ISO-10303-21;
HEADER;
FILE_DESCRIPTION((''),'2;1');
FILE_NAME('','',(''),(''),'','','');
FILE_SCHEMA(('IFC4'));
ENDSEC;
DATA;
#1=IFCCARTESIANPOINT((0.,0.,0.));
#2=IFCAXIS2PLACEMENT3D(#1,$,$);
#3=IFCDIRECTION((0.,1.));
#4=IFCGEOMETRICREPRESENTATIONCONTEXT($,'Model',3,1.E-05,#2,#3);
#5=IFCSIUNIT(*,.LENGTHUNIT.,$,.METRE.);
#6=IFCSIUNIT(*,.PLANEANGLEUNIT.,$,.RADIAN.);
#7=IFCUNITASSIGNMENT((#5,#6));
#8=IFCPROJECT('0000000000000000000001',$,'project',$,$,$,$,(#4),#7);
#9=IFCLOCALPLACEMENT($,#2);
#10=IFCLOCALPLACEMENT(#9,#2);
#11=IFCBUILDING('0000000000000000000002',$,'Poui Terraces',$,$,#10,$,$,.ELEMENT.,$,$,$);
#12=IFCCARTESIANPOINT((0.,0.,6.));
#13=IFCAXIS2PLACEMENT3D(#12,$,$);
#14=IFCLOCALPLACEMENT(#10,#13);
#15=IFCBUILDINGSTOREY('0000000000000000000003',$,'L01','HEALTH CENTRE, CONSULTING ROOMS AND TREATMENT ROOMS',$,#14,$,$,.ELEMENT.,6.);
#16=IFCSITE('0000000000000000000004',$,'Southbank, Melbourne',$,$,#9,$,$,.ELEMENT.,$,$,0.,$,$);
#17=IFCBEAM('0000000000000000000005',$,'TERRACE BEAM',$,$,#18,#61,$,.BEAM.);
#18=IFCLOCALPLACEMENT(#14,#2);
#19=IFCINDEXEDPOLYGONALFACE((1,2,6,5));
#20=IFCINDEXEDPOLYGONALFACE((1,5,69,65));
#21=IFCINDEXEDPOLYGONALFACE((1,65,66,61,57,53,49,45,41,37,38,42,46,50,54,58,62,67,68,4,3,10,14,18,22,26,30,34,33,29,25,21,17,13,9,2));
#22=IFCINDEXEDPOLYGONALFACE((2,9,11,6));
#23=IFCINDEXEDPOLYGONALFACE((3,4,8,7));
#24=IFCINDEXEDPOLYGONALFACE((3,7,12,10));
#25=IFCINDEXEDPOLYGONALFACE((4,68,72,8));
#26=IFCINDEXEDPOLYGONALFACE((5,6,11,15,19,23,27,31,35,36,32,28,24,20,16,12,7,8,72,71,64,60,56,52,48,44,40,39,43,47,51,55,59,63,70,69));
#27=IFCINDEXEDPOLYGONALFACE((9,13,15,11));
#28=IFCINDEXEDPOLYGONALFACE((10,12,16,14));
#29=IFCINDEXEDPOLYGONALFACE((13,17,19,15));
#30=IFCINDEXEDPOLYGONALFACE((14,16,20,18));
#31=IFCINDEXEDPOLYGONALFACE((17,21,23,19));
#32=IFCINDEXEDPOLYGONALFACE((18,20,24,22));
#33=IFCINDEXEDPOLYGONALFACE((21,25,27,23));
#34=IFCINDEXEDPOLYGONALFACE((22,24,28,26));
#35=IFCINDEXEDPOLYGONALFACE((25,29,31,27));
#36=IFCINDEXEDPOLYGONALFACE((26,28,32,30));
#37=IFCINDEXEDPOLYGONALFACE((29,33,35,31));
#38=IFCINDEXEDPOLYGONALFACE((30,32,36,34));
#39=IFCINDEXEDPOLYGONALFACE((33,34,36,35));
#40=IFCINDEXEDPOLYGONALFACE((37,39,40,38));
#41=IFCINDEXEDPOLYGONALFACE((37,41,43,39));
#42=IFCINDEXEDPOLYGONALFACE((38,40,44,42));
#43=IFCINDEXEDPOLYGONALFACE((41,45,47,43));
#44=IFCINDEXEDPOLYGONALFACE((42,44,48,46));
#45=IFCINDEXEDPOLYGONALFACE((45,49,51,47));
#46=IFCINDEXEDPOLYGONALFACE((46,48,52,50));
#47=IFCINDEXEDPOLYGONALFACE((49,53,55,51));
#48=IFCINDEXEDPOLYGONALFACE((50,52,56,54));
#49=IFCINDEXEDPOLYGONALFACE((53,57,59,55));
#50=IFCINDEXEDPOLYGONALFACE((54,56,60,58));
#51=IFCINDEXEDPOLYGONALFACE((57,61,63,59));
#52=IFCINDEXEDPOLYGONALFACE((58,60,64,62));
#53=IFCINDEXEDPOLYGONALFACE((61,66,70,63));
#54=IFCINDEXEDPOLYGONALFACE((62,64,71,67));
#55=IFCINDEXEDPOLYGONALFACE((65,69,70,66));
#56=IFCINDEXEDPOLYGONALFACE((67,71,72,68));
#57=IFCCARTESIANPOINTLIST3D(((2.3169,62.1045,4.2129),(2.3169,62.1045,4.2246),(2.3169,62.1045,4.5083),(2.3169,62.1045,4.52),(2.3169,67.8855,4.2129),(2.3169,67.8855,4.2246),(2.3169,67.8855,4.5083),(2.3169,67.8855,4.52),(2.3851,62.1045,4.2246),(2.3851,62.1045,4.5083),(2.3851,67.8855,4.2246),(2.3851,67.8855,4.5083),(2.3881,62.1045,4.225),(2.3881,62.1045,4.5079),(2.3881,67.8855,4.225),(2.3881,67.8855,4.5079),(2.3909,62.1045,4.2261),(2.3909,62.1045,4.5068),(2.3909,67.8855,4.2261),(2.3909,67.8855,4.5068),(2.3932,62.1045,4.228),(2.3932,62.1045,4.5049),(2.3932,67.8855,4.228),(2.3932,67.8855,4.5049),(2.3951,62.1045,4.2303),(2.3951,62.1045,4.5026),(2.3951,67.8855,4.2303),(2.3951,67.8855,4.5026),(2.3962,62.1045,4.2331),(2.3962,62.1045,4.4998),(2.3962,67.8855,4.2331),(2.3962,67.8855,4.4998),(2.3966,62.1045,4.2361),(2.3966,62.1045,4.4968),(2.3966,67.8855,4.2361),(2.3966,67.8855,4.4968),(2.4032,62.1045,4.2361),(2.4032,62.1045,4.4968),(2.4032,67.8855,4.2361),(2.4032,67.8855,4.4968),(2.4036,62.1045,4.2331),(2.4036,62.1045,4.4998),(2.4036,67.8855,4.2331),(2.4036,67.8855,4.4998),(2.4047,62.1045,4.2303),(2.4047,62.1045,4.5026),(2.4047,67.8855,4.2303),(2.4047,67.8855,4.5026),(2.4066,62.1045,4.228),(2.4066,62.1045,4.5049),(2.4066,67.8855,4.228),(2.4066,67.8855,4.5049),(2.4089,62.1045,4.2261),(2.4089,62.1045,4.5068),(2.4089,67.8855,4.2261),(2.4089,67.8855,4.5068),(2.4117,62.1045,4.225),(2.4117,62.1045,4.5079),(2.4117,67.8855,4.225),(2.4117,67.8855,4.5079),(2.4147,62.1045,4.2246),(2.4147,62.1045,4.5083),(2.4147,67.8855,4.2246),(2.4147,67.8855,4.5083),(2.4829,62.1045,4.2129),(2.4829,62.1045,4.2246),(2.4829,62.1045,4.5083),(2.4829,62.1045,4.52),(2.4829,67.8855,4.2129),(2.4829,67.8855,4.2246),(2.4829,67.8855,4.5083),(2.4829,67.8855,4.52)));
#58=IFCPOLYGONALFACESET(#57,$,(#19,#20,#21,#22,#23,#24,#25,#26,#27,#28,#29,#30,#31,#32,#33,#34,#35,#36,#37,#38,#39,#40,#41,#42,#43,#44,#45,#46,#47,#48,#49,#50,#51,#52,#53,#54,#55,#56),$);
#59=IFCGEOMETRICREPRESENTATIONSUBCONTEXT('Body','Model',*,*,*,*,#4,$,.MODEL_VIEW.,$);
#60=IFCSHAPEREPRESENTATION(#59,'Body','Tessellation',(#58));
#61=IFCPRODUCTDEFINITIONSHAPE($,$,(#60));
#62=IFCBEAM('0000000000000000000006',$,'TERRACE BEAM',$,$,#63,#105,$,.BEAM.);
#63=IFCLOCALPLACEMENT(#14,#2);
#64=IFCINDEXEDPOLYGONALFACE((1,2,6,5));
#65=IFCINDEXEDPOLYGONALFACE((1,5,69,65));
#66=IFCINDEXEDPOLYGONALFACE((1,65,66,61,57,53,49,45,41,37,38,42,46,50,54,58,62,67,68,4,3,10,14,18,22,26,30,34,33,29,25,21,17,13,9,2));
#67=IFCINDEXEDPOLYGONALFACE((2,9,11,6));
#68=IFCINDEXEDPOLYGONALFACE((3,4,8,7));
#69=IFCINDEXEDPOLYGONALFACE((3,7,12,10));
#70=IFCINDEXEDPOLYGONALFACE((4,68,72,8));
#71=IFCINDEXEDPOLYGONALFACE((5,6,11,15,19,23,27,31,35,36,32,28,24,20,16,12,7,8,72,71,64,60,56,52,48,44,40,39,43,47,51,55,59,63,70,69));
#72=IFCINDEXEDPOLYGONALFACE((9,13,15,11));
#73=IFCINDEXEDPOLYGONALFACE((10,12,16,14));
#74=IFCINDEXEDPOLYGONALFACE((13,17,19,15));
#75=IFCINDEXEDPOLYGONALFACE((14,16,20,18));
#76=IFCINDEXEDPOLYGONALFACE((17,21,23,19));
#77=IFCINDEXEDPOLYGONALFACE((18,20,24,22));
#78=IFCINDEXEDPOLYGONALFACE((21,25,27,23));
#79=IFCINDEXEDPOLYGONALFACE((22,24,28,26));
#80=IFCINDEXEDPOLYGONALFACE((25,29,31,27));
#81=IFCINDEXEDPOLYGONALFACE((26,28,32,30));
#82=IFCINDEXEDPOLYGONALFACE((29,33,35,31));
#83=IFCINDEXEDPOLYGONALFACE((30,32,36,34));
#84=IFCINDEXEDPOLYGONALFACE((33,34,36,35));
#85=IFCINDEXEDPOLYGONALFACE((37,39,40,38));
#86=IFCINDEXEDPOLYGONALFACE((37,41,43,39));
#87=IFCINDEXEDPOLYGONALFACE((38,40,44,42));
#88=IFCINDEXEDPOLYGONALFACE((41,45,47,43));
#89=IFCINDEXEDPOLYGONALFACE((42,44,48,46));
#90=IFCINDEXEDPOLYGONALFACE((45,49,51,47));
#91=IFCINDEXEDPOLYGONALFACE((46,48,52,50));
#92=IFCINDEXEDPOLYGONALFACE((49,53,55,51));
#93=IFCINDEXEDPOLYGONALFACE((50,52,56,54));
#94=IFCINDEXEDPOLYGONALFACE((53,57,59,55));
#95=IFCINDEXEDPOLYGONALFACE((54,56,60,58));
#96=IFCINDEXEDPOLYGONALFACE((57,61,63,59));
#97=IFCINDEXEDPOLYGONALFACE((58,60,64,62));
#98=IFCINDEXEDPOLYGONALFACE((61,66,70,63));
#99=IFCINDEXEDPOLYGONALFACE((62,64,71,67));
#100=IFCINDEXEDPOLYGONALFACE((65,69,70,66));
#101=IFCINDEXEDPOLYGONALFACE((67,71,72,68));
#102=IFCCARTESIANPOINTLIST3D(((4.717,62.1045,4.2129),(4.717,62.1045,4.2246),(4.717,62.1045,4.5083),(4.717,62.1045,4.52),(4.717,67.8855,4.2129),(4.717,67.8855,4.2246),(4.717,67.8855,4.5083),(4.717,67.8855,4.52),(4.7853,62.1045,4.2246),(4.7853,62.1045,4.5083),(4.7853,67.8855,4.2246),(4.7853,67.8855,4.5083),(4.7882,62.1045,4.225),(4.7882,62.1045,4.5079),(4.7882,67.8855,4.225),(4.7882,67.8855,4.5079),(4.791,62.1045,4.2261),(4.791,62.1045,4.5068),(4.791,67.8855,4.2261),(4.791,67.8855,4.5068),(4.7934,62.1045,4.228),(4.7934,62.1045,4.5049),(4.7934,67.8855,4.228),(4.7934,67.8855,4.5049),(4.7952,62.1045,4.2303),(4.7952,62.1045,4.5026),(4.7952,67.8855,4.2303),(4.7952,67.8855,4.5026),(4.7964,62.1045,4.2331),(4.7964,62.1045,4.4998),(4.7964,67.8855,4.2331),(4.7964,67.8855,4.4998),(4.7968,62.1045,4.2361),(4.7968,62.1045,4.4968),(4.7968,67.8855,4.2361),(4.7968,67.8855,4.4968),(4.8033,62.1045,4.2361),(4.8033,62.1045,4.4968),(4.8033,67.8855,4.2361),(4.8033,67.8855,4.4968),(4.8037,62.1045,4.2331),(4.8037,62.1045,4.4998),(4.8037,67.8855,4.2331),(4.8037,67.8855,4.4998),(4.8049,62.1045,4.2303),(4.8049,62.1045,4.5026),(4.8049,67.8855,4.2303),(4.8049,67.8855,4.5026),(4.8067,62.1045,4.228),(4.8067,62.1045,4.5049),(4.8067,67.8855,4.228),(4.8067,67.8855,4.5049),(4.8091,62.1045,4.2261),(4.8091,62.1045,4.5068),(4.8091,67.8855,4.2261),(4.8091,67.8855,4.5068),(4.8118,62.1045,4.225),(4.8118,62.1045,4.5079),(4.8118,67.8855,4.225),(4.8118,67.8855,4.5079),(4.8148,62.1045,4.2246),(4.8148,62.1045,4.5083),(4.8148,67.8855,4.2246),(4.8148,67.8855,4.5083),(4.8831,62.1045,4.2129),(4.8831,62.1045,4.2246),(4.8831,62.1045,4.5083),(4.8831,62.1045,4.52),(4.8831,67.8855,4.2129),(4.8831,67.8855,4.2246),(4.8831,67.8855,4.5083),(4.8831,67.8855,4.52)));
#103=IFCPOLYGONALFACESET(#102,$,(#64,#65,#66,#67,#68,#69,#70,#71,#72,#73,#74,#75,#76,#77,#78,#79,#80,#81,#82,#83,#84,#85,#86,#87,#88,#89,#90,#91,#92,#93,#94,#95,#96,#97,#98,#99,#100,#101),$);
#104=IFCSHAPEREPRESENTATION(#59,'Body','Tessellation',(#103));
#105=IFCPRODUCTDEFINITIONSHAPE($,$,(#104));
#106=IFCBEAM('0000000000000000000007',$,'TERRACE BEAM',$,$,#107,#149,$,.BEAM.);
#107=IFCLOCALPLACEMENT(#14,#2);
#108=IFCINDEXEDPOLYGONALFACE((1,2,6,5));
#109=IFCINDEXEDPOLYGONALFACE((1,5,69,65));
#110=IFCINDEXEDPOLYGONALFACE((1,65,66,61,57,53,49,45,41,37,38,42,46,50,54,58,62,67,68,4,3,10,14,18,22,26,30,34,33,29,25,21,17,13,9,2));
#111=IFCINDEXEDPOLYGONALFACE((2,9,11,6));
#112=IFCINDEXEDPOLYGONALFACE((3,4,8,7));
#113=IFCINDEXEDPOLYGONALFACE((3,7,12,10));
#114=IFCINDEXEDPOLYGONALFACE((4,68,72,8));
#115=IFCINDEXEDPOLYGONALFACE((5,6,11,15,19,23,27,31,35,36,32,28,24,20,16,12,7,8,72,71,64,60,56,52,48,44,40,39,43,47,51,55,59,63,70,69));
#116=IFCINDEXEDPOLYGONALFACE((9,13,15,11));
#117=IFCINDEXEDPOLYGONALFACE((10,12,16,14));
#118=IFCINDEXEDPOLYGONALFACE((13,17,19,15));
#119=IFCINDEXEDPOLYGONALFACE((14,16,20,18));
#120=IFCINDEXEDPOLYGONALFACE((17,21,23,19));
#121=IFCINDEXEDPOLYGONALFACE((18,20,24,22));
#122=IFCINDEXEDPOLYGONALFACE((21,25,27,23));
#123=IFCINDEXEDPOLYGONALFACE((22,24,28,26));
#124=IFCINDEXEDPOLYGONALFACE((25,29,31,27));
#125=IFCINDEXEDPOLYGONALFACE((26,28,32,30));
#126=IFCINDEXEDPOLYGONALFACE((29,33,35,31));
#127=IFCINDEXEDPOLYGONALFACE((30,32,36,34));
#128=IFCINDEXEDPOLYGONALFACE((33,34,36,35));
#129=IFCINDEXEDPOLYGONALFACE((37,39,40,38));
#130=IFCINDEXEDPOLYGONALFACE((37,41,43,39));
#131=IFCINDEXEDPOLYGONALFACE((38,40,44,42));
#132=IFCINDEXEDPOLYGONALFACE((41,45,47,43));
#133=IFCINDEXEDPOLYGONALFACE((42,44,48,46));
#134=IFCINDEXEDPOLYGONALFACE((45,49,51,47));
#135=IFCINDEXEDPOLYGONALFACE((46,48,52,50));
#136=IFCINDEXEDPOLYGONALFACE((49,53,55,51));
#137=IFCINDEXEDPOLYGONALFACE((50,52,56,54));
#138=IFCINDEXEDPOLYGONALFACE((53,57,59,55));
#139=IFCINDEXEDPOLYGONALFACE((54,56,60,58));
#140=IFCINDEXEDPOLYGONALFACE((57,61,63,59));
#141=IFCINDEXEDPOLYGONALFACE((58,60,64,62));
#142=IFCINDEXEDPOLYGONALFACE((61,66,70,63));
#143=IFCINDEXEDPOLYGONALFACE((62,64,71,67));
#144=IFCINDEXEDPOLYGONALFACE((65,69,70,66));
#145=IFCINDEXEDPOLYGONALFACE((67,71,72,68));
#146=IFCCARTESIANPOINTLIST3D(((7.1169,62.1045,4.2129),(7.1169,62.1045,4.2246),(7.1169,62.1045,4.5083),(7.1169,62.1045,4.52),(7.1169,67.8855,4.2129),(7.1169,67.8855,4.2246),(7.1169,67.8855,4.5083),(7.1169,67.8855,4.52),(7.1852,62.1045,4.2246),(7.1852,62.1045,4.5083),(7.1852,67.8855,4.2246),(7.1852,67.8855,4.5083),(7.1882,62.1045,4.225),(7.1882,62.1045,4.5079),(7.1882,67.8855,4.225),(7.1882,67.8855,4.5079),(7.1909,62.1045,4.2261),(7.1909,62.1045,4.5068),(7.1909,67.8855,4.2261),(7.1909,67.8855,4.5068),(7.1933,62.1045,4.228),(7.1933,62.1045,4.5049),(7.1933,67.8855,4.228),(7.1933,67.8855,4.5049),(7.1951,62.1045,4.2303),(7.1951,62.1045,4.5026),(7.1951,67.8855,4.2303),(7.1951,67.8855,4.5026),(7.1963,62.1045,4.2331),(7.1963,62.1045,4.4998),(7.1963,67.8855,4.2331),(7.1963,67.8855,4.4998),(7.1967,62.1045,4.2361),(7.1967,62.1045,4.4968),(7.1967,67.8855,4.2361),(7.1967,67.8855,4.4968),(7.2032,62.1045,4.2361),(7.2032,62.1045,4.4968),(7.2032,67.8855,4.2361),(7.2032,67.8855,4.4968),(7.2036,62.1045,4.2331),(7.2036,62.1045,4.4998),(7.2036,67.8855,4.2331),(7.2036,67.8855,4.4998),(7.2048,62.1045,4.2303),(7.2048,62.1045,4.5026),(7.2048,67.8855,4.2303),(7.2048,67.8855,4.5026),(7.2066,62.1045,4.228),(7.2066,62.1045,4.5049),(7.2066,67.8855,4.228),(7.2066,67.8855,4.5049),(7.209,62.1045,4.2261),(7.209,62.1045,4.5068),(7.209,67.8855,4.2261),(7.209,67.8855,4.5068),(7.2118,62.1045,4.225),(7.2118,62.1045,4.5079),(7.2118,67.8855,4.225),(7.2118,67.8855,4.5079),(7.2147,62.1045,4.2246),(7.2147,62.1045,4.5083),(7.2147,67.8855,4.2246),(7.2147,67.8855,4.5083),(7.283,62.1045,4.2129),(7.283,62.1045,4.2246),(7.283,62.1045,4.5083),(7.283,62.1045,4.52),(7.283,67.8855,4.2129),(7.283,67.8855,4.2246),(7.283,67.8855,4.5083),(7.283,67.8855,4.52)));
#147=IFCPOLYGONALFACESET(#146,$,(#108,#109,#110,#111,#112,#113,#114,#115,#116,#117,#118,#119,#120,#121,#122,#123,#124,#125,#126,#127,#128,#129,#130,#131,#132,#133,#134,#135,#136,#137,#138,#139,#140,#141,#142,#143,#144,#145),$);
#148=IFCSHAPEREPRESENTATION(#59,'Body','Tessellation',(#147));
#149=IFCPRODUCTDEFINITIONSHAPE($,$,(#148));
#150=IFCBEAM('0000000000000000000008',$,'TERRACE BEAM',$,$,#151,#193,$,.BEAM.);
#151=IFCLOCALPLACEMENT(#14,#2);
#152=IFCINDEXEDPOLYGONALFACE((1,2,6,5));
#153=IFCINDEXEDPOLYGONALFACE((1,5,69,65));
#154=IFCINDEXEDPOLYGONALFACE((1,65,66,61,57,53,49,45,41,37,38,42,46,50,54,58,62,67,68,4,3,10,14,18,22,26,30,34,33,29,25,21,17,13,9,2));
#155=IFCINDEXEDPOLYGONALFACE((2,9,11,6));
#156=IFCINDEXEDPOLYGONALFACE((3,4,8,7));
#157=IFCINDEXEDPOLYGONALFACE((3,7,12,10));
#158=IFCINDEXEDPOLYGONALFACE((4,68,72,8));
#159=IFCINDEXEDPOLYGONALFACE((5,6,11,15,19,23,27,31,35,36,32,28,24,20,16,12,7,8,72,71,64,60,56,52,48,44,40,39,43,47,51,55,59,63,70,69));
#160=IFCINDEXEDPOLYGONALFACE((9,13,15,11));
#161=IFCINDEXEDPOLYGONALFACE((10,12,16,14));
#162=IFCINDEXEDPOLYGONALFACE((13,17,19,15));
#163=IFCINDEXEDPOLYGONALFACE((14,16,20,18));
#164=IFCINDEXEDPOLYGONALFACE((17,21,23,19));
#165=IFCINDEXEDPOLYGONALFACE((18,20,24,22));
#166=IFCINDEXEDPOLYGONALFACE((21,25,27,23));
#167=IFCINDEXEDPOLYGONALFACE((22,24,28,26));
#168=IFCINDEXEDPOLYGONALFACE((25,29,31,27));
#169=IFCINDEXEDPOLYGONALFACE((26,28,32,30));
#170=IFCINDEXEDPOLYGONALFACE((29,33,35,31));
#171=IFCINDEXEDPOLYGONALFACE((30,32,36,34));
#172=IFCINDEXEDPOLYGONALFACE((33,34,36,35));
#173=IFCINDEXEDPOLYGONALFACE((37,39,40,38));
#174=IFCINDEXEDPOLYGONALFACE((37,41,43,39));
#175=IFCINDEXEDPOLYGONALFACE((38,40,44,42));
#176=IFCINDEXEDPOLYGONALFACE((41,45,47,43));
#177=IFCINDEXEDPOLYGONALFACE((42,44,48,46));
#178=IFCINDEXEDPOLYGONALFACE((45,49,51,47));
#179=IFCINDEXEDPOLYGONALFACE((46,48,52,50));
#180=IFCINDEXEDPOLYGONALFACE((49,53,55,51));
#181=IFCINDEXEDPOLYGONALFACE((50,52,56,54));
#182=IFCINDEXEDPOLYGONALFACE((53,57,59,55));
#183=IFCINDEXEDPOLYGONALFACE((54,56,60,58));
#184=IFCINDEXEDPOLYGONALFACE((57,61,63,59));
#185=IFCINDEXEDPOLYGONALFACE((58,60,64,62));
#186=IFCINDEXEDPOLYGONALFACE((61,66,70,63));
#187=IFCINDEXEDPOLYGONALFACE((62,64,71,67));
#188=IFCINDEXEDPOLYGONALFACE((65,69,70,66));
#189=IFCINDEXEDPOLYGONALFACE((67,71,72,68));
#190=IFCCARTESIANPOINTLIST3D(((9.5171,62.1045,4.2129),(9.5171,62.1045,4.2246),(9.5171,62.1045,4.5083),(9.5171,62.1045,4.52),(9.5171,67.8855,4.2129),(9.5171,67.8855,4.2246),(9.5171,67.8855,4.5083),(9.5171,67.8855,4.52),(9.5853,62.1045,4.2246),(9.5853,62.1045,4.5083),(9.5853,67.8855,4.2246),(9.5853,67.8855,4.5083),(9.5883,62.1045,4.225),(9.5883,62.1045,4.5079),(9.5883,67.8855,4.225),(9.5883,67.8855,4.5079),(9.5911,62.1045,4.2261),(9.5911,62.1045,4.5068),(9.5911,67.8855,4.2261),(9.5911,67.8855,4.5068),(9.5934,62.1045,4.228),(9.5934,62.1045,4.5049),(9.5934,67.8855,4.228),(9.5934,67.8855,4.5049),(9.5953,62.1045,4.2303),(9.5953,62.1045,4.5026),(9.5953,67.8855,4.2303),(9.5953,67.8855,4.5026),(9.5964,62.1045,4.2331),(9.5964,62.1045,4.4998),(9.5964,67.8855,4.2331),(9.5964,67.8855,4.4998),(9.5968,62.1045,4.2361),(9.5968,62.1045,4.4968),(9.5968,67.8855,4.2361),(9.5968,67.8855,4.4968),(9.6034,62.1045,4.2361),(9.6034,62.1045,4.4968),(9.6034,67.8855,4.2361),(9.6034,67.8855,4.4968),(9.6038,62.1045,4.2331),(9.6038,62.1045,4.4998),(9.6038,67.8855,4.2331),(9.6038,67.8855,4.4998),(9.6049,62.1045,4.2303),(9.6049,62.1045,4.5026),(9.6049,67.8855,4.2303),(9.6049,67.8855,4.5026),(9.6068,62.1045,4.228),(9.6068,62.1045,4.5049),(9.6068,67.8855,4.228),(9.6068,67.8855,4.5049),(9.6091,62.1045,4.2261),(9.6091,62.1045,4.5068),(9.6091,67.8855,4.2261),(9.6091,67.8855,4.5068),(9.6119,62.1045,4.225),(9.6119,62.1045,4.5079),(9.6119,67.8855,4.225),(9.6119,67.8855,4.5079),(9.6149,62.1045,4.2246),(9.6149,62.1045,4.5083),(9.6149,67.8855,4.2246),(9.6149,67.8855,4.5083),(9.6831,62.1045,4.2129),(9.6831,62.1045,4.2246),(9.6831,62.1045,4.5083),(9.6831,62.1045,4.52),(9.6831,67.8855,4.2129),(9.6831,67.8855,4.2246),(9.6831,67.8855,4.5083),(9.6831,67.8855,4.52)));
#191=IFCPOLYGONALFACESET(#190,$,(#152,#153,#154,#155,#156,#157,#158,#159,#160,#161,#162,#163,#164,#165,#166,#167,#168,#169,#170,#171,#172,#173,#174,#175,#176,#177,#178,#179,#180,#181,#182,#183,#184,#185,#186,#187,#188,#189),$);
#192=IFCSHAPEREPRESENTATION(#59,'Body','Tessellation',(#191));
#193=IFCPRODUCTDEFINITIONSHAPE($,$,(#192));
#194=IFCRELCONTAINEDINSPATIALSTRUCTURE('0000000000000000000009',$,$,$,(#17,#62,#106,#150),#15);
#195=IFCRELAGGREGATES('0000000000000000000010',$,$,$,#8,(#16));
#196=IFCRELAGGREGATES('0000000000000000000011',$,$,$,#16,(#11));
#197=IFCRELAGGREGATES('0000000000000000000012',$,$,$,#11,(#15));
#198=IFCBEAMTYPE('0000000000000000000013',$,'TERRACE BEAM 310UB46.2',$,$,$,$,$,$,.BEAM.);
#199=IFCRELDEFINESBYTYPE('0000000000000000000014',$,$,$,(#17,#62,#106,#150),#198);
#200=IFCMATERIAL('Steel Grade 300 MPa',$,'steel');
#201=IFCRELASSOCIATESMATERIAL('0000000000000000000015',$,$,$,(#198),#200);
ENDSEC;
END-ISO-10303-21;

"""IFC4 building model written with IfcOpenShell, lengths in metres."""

from ifc_helpers import new_model, si_unit, direction, frame, origin, origin_2d, place, context, subcontext, project, spatial, i_section, extrude, source, transform, mapped, material, material_profile, profile_set, type_object, element, save


model = new_model("IFC4")

# Units and contexts
model_context = context("Model", 3, precision=1e-05, world=origin(), true_north=direction((0.0, 1.0)))
body_context = subcontext(model_context, "Body", "Model", "MODEL_VIEW")
ifc_project = project(units=[si_unit("LENGTHUNIT", "METRE"), si_unit("PLANEANGLEUNIT", "RADIAN")], contexts=[model_context])

# Site, building, storey
site_placement = place(None, origin())
site = spatial("IfcSite", under=ifc_project, at=site_placement, Name="Southbank, Melbourne", CompositionType="ELEMENT", RefElevation=0.0)
building_placement = place(site_placement, origin())
building = spatial("IfcBuilding", under=site, at=building_placement, Name="Poui Terraces", CompositionType="ELEMENT")
storey_placement = place(building_placement, frame((0.0, 0.0, 6.0)))
storey = spatial("IfcBuildingStorey", under=building, at=storey_placement, Name="L01", Description="HEALTH CENTRE, CONSULTING ROOMS AND TREATMENT ROOMS", CompositionType="ELEMENT", Elevation=6.0)

# Beams
ifc_material_1 = material(Name="Steel Grade 300 MPa", Category="steel")
ifc_material_profile_1 = material_profile(ifc_material_1, i_section(OverallWidth=0.166, OverallDepth=0.3071, WebThickness=0.0066, FlangeThickness=0.0117, FilletRadius=0.0115, at=origin_2d()), Name="310UB46.2")
ifc_profile_set_1 = profile_set([ifc_material_profile_1], Name="Steel Grade 300 MPa")
beam_type_1 = type_object("IfcBeamType", Name="TERRACE BEAM 310UB46.2", PredefinedType="BEAM", material=ifc_profile_set_1)
shared_shape_1 = source(origin(), body_context, "Body", "SweptSolid", [
    extrude(i_section(OverallWidth=0.166, OverallDepth=0.3071, WebThickness=0.0066, FlangeThickness=0.0117, FilletRadius=0.0115, at=origin_2d()), origin(), (0.0, 0.0, 1.0), 5.781),
])
for number, where, z_axis, x_axis, name in (
    (1, (2.3999, 62.1045, 4.3665), (0.0, 1.0, 0.0), (-1.0, 0.0, 0.0), "TERRACE BEAM"),
    (2, (4.8, 62.1045, 4.3665), (0.0, 1.0, 0.0), (-1.0, 0.0, 0.0), "TERRACE BEAM"),
    (3, (7.2, 62.1045, 4.3665), (0.0, 1.0, 0.0), (-1.0, 0.0, 0.0), "TERRACE BEAM"),
    (4, (9.6001, 62.1045, 4.3665), (0.0, 1.0, 0.0), (-1.0, 0.0, 0.0), "TERRACE BEAM"),
):
    element("IfcBeam", number, at=place(storey_placement, frame(where, z_axis=z_axis, x_axis=x_axis)), inside=storey, type_object=beam_type_1, Name=name, PredefinedType="BEAM", context=body_context, shape_type="MappedRepresentation", body=[
        mapped(shared_shape_1, transform((0.0, 0.0, 0.0))),
    ])

save(model, "model.ifc")
